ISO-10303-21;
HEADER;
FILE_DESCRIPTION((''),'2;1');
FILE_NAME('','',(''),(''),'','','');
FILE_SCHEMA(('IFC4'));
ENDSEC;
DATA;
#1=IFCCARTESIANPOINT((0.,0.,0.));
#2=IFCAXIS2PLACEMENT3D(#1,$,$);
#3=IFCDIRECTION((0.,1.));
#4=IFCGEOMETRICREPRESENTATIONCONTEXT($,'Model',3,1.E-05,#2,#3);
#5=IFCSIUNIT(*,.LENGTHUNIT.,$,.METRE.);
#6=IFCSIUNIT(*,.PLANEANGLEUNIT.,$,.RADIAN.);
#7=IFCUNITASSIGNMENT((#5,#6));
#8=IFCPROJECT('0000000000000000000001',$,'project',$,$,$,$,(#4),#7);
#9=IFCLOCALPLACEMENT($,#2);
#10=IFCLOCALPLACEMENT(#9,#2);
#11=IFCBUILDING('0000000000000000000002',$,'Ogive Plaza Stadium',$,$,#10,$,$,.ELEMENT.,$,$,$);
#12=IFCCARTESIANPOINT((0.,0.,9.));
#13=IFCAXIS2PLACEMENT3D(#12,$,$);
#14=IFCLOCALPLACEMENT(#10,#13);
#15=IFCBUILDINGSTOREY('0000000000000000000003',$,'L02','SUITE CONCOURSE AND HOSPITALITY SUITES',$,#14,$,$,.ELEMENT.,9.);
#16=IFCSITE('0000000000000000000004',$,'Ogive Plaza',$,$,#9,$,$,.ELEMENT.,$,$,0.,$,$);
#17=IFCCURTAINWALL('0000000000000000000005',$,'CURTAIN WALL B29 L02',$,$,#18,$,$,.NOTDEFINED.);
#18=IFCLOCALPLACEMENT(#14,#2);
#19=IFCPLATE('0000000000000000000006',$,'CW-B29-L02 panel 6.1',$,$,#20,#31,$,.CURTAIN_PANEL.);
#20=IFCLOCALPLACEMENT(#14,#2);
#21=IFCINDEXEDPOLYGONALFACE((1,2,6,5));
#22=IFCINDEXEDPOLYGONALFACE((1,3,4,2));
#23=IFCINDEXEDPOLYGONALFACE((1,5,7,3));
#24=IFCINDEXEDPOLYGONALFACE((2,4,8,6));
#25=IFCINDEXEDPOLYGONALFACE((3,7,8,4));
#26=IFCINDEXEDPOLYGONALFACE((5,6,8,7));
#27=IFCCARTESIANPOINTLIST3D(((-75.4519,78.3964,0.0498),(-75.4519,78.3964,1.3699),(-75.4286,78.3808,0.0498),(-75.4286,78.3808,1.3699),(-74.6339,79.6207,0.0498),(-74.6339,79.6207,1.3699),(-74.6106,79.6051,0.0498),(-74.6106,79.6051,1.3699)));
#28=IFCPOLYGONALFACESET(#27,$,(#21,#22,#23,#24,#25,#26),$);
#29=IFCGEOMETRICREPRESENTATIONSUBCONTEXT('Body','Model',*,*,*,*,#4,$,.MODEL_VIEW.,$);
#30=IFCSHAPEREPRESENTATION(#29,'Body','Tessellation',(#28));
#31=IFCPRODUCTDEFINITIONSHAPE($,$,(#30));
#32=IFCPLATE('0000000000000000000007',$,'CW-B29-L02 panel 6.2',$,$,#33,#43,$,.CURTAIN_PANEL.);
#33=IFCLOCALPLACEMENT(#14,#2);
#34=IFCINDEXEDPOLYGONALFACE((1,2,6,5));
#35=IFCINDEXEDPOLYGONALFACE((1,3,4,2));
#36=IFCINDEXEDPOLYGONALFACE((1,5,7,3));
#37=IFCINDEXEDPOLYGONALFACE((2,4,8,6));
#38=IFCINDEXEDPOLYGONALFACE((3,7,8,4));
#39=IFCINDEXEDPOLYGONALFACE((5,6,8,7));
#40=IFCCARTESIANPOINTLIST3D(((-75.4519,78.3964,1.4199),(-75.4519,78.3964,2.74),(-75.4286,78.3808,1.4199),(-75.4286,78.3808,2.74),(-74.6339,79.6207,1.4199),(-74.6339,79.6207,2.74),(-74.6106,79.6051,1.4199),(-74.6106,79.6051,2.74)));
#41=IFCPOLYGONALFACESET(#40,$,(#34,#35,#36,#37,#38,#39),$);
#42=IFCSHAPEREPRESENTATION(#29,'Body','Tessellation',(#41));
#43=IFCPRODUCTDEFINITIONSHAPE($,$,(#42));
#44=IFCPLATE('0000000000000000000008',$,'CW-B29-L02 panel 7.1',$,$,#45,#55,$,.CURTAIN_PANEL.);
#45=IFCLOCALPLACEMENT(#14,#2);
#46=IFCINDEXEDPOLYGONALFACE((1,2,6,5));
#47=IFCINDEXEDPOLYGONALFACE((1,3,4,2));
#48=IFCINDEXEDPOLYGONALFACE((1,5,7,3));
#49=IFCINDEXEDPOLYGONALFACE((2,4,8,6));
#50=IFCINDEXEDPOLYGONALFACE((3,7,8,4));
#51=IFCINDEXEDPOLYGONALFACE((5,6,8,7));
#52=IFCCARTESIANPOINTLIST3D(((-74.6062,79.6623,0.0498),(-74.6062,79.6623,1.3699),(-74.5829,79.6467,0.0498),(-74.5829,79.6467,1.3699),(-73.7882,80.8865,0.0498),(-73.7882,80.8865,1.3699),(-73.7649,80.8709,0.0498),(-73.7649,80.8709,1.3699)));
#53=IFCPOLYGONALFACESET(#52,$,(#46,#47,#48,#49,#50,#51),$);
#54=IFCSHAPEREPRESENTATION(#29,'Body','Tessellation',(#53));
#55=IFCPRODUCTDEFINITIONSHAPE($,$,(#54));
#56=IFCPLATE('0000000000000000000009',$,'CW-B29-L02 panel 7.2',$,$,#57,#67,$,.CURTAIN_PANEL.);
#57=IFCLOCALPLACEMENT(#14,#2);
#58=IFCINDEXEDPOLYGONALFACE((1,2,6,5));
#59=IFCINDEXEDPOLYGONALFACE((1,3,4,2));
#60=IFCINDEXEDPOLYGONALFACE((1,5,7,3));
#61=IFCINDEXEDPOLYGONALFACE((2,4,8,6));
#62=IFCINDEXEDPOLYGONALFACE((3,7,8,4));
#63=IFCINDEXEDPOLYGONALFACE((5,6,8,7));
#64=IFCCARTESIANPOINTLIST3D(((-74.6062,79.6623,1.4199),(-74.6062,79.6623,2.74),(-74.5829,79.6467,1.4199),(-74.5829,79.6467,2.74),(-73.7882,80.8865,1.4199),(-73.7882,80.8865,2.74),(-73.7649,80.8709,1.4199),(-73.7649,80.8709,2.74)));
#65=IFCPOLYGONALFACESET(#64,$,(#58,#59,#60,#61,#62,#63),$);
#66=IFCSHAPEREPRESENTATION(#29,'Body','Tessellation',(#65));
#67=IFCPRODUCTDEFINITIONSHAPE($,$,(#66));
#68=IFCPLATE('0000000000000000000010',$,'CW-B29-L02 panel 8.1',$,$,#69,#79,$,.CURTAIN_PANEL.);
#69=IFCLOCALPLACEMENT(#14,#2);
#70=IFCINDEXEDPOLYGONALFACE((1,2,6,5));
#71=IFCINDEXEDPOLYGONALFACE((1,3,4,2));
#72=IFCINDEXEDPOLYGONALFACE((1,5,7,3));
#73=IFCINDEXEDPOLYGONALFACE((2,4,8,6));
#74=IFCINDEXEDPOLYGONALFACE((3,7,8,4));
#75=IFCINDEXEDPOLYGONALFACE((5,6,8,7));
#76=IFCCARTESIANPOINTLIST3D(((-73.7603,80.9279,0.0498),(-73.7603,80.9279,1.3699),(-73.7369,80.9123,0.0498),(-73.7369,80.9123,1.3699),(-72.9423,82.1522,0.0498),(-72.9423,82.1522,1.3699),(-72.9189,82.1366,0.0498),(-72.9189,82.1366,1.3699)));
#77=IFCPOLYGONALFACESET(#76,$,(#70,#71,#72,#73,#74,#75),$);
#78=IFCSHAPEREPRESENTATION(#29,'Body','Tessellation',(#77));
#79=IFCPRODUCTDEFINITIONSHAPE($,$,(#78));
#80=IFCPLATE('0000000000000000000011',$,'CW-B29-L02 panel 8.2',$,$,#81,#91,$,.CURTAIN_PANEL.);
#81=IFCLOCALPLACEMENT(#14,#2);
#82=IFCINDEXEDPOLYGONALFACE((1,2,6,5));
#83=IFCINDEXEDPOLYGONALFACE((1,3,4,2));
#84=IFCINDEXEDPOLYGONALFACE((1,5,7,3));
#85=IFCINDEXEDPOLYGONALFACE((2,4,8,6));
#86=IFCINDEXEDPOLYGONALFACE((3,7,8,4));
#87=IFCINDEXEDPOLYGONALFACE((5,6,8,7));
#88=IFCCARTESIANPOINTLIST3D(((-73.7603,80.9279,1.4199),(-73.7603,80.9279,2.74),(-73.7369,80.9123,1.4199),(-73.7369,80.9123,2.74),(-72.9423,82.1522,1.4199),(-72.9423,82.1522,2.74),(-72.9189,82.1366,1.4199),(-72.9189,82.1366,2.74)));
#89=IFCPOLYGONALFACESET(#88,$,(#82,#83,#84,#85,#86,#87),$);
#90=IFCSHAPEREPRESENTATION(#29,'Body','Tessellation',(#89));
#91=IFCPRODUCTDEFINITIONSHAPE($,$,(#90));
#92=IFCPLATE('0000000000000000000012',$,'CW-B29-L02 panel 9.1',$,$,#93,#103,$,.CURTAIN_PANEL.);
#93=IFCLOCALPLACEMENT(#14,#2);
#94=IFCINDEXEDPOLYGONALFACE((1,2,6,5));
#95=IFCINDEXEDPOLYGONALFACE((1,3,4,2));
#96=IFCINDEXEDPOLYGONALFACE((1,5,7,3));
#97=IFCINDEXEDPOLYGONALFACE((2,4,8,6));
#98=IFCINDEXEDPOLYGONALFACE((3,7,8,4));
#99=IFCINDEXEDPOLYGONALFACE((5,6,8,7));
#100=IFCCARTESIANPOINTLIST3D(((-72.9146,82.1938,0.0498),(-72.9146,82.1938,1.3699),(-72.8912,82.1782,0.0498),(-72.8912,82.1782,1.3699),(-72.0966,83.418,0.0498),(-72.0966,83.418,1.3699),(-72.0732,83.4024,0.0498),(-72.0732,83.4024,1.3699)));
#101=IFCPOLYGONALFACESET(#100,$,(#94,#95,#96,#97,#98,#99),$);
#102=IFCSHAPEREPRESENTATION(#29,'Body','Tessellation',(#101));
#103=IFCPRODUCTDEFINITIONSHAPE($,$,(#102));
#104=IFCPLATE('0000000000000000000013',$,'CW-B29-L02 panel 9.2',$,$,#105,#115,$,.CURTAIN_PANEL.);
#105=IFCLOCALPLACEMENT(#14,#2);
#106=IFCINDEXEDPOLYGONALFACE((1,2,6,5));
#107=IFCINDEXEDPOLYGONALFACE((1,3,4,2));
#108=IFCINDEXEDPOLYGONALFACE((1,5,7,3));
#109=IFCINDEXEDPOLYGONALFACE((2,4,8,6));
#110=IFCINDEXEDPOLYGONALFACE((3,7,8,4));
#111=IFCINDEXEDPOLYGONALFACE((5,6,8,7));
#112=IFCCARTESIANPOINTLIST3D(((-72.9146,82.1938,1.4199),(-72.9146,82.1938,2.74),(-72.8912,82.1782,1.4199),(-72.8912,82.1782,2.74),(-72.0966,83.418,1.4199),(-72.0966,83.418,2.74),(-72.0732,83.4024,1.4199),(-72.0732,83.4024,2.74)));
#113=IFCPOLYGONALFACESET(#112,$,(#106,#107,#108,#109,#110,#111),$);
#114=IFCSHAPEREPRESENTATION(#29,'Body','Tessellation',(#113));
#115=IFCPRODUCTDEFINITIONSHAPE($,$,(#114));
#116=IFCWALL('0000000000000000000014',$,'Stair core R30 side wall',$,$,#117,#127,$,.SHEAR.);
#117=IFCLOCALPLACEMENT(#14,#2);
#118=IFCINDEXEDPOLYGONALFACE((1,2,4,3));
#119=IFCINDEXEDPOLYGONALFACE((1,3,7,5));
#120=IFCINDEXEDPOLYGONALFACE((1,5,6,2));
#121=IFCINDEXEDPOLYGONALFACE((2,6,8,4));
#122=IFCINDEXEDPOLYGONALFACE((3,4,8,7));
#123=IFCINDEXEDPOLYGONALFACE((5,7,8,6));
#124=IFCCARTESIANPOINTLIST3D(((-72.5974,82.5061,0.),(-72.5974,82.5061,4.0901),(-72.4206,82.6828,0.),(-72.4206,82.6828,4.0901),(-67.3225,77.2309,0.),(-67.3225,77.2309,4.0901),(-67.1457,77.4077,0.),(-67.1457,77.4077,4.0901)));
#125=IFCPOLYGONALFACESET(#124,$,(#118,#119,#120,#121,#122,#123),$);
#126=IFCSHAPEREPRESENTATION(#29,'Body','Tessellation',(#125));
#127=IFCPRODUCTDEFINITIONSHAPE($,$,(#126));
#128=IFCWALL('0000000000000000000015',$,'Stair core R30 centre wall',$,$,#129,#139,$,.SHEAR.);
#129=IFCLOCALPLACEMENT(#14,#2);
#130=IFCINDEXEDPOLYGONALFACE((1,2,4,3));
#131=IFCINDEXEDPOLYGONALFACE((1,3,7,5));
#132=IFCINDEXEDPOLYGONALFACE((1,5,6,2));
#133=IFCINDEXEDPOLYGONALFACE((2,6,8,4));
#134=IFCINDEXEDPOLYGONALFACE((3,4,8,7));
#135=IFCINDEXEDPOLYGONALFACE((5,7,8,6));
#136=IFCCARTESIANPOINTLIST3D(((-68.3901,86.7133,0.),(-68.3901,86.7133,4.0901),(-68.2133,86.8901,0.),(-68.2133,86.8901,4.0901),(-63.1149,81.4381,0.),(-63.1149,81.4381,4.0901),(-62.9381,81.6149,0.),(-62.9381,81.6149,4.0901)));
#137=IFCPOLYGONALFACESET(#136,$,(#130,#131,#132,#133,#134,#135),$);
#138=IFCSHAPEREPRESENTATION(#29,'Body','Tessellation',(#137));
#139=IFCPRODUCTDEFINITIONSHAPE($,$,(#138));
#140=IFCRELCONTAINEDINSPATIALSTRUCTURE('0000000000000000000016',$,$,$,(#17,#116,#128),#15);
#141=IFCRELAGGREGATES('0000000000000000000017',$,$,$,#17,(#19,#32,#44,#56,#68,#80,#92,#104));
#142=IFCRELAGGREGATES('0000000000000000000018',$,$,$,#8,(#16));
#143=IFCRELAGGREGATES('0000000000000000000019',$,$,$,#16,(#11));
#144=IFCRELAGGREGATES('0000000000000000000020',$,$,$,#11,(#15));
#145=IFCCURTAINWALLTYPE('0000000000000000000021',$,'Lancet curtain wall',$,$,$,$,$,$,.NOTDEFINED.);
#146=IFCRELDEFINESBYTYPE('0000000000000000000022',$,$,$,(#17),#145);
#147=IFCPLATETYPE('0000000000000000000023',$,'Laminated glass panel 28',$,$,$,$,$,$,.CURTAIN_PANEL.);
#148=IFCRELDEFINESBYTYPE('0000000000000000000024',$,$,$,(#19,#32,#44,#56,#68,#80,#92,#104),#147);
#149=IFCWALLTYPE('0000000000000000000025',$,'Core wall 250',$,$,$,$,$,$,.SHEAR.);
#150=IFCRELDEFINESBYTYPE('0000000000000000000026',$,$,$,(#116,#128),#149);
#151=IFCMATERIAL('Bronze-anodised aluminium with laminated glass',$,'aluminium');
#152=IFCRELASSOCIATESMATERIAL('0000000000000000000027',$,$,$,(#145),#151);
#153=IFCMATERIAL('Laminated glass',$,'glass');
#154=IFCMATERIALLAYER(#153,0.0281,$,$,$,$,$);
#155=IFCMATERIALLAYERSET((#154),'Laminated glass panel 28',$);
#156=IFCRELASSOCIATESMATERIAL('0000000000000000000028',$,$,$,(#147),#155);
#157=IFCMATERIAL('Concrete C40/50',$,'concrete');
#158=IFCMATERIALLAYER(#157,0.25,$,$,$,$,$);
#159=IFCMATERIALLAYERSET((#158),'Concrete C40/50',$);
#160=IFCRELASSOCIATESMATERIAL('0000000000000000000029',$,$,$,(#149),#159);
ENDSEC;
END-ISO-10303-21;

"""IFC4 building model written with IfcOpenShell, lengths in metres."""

from ifc_helpers import new_model, si_unit, direction, frame, frame_2d, origin, origin_2d, place, context, subcontext, project, spatial, rectangle, extrude, material, layer, layer_set, type_object, element, aggregate, save


model = new_model("IFC4")

# Units and contexts
model_context = context("Model", 3, precision=1e-05, world=origin(), true_north=direction((0.0, 1.0)))
body_context = subcontext(model_context, "Body", "Model", "MODEL_VIEW")
ifc_project = project(units=[si_unit("LENGTHUNIT", "METRE"), si_unit("PLANEANGLEUNIT", "RADIAN")], contexts=[model_context])

# Site, building, storey
site_placement = place(None, origin())
site = spatial("IfcSite", under=ifc_project, at=site_placement, Name="Ogive Plaza", CompositionType="ELEMENT", RefElevation=0.0)
building_placement = place(site_placement, origin())
building = spatial("IfcBuilding", under=site, at=building_placement, Name="Ogive Plaza Stadium", CompositionType="ELEMENT")
storey_placement = place(building_placement, frame((0.0, 0.0, 9.0)))
storey = spatial("IfcBuildingStorey", under=building, at=storey_placement, Name="L02", Description="SUITE CONCOURSE AND HOSPITALITY SUITES", CompositionType="ELEMENT", Elevation=9.0)

# Curtain wall
ifc_material_1 = material(Name="Bronze-anodised aluminium with laminated glass", Category="aluminium")
curtain_wall_type = type_object("IfcCurtainWallType", Name="Lancet curtain wall", PredefinedType="NOTDEFINED", material=ifc_material_1)
curtain_wall_placement = place(storey_placement, origin())
curtain_wall = element("IfcCurtainWall", 1, at=curtain_wall_placement, inside=storey, type_object=curtain_wall_type, Name="CURTAIN WALL B29 L02", PredefinedType="NOTDEFINED")

# Plates
ifc_material_2 = material(Name="Laminated glass", Category="glass")
ifc_layer_1 = layer(ifc_material_2, 0.0281)
ifc_layer_set_1 = layer_set([ifc_layer_1], Name="Laminated glass panel 28")
plate_type = type_object("IfcPlateType", Name="Laminated glass panel 28", PredefinedType="CURTAIN_PANEL", material=ifc_layer_set_1)
plate_1_placement = place(storey_placement, frame((-75.0312, 79.0007, 0.0498), z_axis=(0.0, 0.0, 1.0), x_axis=(0.55557, 0.83147, 0.0)))
plate_1 = element("IfcPlate", 2, at=plate_1_placement, type_object=plate_type, Name="CW-B29-L02 panel 6.1", PredefinedType="CURTAIN_PANEL", context=body_context, shape_type="SweptSolid", body=[
    extrude(rectangle(XDim=1.4724, YDim=0.0281, at=origin_2d()), origin(), (0.0, 0.0, 1.0), 1.3201),
])
plate_2_placement = place(storey_placement, frame((-75.0312, 79.0007, 1.4199), z_axis=(0.0, 0.0, 1.0), x_axis=(0.55557, 0.83147, 0.0)))
plate_2 = element("IfcPlate", 3, at=plate_2_placement, type_object=plate_type, Name="CW-B29-L02 panel 6.2", PredefinedType="CURTAIN_PANEL", context=body_context, shape_type="SweptSolid", body=[
    extrude(rectangle(XDim=1.4724, YDim=0.0281, at=origin_2d()), origin(), (0.0, 0.0, 1.0), 1.3201),
])
plate_3_placement = place(storey_placement, frame((-74.1855, 80.2666, 0.0498), z_axis=(0.0, 0.0, 1.0), x_axis=(0.55557, 0.83147, 0.0)))
plate_3 = element("IfcPlate", 4, at=plate_3_placement, type_object=plate_type, Name="CW-B29-L02 panel 7.1", PredefinedType="CURTAIN_PANEL", context=body_context, shape_type="SweptSolid", body=[
    extrude(rectangle(XDim=1.4724, YDim=0.0281, at=origin_2d()), origin(), (0.0, 0.0, 1.0), 1.3201),
])
plate_4_placement = place(storey_placement, frame((-74.1855, 80.2666, 1.4199), z_axis=(0.0, 0.0, 1.0), x_axis=(0.55557, 0.83147, 0.0)))
plate_4 = element("IfcPlate", 5, at=plate_4_placement, type_object=plate_type, Name="CW-B29-L02 panel 7.2", PredefinedType="CURTAIN_PANEL", context=body_context, shape_type="SweptSolid", body=[
    extrude(rectangle(XDim=1.4724, YDim=0.0281, at=origin_2d()), origin(), (0.0, 0.0, 1.0), 1.3201),
])
plate_5_placement = place(storey_placement, frame((-73.3396, 81.5322, 0.0498), z_axis=(0.0, 0.0, 1.0), x_axis=(0.55557, 0.83147, 0.0)))
plate_5 = element("IfcPlate", 6, at=plate_5_placement, type_object=plate_type, Name="CW-B29-L02 panel 8.1", PredefinedType="CURTAIN_PANEL", context=body_context, shape_type="SweptSolid", body=[
    extrude(rectangle(XDim=1.4724, YDim=0.0281, at=origin_2d()), origin(), (0.0, 0.0, 1.0), 1.3201),
])
plate_6_placement = place(storey_placement, frame((-73.3396, 81.5322, 1.4199), z_axis=(0.0, 0.0, 1.0), x_axis=(0.55557, 0.83147, 0.0)))
plate_6 = element("IfcPlate", 7, at=plate_6_placement, type_object=plate_type, Name="CW-B29-L02 panel 8.2", PredefinedType="CURTAIN_PANEL", context=body_context, shape_type="SweptSolid", body=[
    extrude(rectangle(XDim=1.4724, YDim=0.0281, at=origin_2d()), origin(), (0.0, 0.0, 1.0), 1.3201),
])
plate_7_placement = place(storey_placement, frame((-72.4939, 82.7981, 0.0498), z_axis=(0.0, 0.0, 1.0), x_axis=(0.55557, 0.83147, 0.0)))
plate_7 = element("IfcPlate", 8, at=plate_7_placement, type_object=plate_type, Name="CW-B29-L02 panel 9.1", PredefinedType="CURTAIN_PANEL", context=body_context, shape_type="SweptSolid", body=[
    extrude(rectangle(XDim=1.4724, YDim=0.0281, at=origin_2d()), origin(), (0.0, 0.0, 1.0), 1.3201),
])
plate_8_placement = place(storey_placement, frame((-72.4939, 82.7981, 1.4199), z_axis=(0.0, 0.0, 1.0), x_axis=(0.55557, 0.83147, 0.0)))
plate_8 = element("IfcPlate", 9, at=plate_8_placement, type_object=plate_type, Name="CW-B29-L02 panel 9.2", PredefinedType="CURTAIN_PANEL", context=body_context, shape_type="SweptSolid", body=[
    extrude(rectangle(XDim=1.4724, YDim=0.0281, at=origin_2d()), origin(), (0.0, 0.0, 1.0), 1.3201),
])
aggregate(curtain_wall, [plate_1, plate_2, plate_3, plate_4, plate_5, plate_6, plate_7, plate_8])

# Walls
ifc_material_3 = material(Name="Concrete C40/50", Category="concrete")
ifc_layer_2 = layer(ifc_material_3, 0.25)
ifc_layer_set_2 = layer_set([ifc_layer_2], Name="Concrete C40/50")
wall_type = type_object("IfcWallType", Name="Core wall 250", PredefinedType="SHEAR", material=ifc_layer_set_2)
wall_1_placement = place(storey_placement, frame((-67.2341, 77.3193, 0.0), z_axis=(0.0, 0.0, 1.0), x_axis=(-0.70709, 0.707123, 0.0)))
element("IfcWall", 10, at=wall_1_placement, inside=storey, type_object=wall_type, Name="Stair core R30 side wall", PredefinedType="SHEAR", context=body_context, shape_type="SweptSolid", body=[
    extrude(rectangle(XDim=7.46, YDim=0.25, at=frame_2d((3.73, 0.0))), origin(), (0.0, 0.0, 1.0), 4.0901),
])
wall_2_placement = place(storey_placement, frame((-63.0266, 81.5266, 0.0), z_axis=(0.0, 0.0, 1.0), x_axis=(-0.707107, 0.707107, 0.0)))
element("IfcWall", 11, at=wall_2_placement, inside=storey, type_object=wall_type, Name="Stair core R30 centre wall", PredefinedType="SHEAR", context=body_context, shape_type="SweptSolid", body=[
    extrude(rectangle(XDim=7.4602, YDim=0.25, at=frame_2d((3.73, 0.0))), origin(), (0.0, 0.0, 1.0), 4.0901),
])

save(model, "model.ifc")
